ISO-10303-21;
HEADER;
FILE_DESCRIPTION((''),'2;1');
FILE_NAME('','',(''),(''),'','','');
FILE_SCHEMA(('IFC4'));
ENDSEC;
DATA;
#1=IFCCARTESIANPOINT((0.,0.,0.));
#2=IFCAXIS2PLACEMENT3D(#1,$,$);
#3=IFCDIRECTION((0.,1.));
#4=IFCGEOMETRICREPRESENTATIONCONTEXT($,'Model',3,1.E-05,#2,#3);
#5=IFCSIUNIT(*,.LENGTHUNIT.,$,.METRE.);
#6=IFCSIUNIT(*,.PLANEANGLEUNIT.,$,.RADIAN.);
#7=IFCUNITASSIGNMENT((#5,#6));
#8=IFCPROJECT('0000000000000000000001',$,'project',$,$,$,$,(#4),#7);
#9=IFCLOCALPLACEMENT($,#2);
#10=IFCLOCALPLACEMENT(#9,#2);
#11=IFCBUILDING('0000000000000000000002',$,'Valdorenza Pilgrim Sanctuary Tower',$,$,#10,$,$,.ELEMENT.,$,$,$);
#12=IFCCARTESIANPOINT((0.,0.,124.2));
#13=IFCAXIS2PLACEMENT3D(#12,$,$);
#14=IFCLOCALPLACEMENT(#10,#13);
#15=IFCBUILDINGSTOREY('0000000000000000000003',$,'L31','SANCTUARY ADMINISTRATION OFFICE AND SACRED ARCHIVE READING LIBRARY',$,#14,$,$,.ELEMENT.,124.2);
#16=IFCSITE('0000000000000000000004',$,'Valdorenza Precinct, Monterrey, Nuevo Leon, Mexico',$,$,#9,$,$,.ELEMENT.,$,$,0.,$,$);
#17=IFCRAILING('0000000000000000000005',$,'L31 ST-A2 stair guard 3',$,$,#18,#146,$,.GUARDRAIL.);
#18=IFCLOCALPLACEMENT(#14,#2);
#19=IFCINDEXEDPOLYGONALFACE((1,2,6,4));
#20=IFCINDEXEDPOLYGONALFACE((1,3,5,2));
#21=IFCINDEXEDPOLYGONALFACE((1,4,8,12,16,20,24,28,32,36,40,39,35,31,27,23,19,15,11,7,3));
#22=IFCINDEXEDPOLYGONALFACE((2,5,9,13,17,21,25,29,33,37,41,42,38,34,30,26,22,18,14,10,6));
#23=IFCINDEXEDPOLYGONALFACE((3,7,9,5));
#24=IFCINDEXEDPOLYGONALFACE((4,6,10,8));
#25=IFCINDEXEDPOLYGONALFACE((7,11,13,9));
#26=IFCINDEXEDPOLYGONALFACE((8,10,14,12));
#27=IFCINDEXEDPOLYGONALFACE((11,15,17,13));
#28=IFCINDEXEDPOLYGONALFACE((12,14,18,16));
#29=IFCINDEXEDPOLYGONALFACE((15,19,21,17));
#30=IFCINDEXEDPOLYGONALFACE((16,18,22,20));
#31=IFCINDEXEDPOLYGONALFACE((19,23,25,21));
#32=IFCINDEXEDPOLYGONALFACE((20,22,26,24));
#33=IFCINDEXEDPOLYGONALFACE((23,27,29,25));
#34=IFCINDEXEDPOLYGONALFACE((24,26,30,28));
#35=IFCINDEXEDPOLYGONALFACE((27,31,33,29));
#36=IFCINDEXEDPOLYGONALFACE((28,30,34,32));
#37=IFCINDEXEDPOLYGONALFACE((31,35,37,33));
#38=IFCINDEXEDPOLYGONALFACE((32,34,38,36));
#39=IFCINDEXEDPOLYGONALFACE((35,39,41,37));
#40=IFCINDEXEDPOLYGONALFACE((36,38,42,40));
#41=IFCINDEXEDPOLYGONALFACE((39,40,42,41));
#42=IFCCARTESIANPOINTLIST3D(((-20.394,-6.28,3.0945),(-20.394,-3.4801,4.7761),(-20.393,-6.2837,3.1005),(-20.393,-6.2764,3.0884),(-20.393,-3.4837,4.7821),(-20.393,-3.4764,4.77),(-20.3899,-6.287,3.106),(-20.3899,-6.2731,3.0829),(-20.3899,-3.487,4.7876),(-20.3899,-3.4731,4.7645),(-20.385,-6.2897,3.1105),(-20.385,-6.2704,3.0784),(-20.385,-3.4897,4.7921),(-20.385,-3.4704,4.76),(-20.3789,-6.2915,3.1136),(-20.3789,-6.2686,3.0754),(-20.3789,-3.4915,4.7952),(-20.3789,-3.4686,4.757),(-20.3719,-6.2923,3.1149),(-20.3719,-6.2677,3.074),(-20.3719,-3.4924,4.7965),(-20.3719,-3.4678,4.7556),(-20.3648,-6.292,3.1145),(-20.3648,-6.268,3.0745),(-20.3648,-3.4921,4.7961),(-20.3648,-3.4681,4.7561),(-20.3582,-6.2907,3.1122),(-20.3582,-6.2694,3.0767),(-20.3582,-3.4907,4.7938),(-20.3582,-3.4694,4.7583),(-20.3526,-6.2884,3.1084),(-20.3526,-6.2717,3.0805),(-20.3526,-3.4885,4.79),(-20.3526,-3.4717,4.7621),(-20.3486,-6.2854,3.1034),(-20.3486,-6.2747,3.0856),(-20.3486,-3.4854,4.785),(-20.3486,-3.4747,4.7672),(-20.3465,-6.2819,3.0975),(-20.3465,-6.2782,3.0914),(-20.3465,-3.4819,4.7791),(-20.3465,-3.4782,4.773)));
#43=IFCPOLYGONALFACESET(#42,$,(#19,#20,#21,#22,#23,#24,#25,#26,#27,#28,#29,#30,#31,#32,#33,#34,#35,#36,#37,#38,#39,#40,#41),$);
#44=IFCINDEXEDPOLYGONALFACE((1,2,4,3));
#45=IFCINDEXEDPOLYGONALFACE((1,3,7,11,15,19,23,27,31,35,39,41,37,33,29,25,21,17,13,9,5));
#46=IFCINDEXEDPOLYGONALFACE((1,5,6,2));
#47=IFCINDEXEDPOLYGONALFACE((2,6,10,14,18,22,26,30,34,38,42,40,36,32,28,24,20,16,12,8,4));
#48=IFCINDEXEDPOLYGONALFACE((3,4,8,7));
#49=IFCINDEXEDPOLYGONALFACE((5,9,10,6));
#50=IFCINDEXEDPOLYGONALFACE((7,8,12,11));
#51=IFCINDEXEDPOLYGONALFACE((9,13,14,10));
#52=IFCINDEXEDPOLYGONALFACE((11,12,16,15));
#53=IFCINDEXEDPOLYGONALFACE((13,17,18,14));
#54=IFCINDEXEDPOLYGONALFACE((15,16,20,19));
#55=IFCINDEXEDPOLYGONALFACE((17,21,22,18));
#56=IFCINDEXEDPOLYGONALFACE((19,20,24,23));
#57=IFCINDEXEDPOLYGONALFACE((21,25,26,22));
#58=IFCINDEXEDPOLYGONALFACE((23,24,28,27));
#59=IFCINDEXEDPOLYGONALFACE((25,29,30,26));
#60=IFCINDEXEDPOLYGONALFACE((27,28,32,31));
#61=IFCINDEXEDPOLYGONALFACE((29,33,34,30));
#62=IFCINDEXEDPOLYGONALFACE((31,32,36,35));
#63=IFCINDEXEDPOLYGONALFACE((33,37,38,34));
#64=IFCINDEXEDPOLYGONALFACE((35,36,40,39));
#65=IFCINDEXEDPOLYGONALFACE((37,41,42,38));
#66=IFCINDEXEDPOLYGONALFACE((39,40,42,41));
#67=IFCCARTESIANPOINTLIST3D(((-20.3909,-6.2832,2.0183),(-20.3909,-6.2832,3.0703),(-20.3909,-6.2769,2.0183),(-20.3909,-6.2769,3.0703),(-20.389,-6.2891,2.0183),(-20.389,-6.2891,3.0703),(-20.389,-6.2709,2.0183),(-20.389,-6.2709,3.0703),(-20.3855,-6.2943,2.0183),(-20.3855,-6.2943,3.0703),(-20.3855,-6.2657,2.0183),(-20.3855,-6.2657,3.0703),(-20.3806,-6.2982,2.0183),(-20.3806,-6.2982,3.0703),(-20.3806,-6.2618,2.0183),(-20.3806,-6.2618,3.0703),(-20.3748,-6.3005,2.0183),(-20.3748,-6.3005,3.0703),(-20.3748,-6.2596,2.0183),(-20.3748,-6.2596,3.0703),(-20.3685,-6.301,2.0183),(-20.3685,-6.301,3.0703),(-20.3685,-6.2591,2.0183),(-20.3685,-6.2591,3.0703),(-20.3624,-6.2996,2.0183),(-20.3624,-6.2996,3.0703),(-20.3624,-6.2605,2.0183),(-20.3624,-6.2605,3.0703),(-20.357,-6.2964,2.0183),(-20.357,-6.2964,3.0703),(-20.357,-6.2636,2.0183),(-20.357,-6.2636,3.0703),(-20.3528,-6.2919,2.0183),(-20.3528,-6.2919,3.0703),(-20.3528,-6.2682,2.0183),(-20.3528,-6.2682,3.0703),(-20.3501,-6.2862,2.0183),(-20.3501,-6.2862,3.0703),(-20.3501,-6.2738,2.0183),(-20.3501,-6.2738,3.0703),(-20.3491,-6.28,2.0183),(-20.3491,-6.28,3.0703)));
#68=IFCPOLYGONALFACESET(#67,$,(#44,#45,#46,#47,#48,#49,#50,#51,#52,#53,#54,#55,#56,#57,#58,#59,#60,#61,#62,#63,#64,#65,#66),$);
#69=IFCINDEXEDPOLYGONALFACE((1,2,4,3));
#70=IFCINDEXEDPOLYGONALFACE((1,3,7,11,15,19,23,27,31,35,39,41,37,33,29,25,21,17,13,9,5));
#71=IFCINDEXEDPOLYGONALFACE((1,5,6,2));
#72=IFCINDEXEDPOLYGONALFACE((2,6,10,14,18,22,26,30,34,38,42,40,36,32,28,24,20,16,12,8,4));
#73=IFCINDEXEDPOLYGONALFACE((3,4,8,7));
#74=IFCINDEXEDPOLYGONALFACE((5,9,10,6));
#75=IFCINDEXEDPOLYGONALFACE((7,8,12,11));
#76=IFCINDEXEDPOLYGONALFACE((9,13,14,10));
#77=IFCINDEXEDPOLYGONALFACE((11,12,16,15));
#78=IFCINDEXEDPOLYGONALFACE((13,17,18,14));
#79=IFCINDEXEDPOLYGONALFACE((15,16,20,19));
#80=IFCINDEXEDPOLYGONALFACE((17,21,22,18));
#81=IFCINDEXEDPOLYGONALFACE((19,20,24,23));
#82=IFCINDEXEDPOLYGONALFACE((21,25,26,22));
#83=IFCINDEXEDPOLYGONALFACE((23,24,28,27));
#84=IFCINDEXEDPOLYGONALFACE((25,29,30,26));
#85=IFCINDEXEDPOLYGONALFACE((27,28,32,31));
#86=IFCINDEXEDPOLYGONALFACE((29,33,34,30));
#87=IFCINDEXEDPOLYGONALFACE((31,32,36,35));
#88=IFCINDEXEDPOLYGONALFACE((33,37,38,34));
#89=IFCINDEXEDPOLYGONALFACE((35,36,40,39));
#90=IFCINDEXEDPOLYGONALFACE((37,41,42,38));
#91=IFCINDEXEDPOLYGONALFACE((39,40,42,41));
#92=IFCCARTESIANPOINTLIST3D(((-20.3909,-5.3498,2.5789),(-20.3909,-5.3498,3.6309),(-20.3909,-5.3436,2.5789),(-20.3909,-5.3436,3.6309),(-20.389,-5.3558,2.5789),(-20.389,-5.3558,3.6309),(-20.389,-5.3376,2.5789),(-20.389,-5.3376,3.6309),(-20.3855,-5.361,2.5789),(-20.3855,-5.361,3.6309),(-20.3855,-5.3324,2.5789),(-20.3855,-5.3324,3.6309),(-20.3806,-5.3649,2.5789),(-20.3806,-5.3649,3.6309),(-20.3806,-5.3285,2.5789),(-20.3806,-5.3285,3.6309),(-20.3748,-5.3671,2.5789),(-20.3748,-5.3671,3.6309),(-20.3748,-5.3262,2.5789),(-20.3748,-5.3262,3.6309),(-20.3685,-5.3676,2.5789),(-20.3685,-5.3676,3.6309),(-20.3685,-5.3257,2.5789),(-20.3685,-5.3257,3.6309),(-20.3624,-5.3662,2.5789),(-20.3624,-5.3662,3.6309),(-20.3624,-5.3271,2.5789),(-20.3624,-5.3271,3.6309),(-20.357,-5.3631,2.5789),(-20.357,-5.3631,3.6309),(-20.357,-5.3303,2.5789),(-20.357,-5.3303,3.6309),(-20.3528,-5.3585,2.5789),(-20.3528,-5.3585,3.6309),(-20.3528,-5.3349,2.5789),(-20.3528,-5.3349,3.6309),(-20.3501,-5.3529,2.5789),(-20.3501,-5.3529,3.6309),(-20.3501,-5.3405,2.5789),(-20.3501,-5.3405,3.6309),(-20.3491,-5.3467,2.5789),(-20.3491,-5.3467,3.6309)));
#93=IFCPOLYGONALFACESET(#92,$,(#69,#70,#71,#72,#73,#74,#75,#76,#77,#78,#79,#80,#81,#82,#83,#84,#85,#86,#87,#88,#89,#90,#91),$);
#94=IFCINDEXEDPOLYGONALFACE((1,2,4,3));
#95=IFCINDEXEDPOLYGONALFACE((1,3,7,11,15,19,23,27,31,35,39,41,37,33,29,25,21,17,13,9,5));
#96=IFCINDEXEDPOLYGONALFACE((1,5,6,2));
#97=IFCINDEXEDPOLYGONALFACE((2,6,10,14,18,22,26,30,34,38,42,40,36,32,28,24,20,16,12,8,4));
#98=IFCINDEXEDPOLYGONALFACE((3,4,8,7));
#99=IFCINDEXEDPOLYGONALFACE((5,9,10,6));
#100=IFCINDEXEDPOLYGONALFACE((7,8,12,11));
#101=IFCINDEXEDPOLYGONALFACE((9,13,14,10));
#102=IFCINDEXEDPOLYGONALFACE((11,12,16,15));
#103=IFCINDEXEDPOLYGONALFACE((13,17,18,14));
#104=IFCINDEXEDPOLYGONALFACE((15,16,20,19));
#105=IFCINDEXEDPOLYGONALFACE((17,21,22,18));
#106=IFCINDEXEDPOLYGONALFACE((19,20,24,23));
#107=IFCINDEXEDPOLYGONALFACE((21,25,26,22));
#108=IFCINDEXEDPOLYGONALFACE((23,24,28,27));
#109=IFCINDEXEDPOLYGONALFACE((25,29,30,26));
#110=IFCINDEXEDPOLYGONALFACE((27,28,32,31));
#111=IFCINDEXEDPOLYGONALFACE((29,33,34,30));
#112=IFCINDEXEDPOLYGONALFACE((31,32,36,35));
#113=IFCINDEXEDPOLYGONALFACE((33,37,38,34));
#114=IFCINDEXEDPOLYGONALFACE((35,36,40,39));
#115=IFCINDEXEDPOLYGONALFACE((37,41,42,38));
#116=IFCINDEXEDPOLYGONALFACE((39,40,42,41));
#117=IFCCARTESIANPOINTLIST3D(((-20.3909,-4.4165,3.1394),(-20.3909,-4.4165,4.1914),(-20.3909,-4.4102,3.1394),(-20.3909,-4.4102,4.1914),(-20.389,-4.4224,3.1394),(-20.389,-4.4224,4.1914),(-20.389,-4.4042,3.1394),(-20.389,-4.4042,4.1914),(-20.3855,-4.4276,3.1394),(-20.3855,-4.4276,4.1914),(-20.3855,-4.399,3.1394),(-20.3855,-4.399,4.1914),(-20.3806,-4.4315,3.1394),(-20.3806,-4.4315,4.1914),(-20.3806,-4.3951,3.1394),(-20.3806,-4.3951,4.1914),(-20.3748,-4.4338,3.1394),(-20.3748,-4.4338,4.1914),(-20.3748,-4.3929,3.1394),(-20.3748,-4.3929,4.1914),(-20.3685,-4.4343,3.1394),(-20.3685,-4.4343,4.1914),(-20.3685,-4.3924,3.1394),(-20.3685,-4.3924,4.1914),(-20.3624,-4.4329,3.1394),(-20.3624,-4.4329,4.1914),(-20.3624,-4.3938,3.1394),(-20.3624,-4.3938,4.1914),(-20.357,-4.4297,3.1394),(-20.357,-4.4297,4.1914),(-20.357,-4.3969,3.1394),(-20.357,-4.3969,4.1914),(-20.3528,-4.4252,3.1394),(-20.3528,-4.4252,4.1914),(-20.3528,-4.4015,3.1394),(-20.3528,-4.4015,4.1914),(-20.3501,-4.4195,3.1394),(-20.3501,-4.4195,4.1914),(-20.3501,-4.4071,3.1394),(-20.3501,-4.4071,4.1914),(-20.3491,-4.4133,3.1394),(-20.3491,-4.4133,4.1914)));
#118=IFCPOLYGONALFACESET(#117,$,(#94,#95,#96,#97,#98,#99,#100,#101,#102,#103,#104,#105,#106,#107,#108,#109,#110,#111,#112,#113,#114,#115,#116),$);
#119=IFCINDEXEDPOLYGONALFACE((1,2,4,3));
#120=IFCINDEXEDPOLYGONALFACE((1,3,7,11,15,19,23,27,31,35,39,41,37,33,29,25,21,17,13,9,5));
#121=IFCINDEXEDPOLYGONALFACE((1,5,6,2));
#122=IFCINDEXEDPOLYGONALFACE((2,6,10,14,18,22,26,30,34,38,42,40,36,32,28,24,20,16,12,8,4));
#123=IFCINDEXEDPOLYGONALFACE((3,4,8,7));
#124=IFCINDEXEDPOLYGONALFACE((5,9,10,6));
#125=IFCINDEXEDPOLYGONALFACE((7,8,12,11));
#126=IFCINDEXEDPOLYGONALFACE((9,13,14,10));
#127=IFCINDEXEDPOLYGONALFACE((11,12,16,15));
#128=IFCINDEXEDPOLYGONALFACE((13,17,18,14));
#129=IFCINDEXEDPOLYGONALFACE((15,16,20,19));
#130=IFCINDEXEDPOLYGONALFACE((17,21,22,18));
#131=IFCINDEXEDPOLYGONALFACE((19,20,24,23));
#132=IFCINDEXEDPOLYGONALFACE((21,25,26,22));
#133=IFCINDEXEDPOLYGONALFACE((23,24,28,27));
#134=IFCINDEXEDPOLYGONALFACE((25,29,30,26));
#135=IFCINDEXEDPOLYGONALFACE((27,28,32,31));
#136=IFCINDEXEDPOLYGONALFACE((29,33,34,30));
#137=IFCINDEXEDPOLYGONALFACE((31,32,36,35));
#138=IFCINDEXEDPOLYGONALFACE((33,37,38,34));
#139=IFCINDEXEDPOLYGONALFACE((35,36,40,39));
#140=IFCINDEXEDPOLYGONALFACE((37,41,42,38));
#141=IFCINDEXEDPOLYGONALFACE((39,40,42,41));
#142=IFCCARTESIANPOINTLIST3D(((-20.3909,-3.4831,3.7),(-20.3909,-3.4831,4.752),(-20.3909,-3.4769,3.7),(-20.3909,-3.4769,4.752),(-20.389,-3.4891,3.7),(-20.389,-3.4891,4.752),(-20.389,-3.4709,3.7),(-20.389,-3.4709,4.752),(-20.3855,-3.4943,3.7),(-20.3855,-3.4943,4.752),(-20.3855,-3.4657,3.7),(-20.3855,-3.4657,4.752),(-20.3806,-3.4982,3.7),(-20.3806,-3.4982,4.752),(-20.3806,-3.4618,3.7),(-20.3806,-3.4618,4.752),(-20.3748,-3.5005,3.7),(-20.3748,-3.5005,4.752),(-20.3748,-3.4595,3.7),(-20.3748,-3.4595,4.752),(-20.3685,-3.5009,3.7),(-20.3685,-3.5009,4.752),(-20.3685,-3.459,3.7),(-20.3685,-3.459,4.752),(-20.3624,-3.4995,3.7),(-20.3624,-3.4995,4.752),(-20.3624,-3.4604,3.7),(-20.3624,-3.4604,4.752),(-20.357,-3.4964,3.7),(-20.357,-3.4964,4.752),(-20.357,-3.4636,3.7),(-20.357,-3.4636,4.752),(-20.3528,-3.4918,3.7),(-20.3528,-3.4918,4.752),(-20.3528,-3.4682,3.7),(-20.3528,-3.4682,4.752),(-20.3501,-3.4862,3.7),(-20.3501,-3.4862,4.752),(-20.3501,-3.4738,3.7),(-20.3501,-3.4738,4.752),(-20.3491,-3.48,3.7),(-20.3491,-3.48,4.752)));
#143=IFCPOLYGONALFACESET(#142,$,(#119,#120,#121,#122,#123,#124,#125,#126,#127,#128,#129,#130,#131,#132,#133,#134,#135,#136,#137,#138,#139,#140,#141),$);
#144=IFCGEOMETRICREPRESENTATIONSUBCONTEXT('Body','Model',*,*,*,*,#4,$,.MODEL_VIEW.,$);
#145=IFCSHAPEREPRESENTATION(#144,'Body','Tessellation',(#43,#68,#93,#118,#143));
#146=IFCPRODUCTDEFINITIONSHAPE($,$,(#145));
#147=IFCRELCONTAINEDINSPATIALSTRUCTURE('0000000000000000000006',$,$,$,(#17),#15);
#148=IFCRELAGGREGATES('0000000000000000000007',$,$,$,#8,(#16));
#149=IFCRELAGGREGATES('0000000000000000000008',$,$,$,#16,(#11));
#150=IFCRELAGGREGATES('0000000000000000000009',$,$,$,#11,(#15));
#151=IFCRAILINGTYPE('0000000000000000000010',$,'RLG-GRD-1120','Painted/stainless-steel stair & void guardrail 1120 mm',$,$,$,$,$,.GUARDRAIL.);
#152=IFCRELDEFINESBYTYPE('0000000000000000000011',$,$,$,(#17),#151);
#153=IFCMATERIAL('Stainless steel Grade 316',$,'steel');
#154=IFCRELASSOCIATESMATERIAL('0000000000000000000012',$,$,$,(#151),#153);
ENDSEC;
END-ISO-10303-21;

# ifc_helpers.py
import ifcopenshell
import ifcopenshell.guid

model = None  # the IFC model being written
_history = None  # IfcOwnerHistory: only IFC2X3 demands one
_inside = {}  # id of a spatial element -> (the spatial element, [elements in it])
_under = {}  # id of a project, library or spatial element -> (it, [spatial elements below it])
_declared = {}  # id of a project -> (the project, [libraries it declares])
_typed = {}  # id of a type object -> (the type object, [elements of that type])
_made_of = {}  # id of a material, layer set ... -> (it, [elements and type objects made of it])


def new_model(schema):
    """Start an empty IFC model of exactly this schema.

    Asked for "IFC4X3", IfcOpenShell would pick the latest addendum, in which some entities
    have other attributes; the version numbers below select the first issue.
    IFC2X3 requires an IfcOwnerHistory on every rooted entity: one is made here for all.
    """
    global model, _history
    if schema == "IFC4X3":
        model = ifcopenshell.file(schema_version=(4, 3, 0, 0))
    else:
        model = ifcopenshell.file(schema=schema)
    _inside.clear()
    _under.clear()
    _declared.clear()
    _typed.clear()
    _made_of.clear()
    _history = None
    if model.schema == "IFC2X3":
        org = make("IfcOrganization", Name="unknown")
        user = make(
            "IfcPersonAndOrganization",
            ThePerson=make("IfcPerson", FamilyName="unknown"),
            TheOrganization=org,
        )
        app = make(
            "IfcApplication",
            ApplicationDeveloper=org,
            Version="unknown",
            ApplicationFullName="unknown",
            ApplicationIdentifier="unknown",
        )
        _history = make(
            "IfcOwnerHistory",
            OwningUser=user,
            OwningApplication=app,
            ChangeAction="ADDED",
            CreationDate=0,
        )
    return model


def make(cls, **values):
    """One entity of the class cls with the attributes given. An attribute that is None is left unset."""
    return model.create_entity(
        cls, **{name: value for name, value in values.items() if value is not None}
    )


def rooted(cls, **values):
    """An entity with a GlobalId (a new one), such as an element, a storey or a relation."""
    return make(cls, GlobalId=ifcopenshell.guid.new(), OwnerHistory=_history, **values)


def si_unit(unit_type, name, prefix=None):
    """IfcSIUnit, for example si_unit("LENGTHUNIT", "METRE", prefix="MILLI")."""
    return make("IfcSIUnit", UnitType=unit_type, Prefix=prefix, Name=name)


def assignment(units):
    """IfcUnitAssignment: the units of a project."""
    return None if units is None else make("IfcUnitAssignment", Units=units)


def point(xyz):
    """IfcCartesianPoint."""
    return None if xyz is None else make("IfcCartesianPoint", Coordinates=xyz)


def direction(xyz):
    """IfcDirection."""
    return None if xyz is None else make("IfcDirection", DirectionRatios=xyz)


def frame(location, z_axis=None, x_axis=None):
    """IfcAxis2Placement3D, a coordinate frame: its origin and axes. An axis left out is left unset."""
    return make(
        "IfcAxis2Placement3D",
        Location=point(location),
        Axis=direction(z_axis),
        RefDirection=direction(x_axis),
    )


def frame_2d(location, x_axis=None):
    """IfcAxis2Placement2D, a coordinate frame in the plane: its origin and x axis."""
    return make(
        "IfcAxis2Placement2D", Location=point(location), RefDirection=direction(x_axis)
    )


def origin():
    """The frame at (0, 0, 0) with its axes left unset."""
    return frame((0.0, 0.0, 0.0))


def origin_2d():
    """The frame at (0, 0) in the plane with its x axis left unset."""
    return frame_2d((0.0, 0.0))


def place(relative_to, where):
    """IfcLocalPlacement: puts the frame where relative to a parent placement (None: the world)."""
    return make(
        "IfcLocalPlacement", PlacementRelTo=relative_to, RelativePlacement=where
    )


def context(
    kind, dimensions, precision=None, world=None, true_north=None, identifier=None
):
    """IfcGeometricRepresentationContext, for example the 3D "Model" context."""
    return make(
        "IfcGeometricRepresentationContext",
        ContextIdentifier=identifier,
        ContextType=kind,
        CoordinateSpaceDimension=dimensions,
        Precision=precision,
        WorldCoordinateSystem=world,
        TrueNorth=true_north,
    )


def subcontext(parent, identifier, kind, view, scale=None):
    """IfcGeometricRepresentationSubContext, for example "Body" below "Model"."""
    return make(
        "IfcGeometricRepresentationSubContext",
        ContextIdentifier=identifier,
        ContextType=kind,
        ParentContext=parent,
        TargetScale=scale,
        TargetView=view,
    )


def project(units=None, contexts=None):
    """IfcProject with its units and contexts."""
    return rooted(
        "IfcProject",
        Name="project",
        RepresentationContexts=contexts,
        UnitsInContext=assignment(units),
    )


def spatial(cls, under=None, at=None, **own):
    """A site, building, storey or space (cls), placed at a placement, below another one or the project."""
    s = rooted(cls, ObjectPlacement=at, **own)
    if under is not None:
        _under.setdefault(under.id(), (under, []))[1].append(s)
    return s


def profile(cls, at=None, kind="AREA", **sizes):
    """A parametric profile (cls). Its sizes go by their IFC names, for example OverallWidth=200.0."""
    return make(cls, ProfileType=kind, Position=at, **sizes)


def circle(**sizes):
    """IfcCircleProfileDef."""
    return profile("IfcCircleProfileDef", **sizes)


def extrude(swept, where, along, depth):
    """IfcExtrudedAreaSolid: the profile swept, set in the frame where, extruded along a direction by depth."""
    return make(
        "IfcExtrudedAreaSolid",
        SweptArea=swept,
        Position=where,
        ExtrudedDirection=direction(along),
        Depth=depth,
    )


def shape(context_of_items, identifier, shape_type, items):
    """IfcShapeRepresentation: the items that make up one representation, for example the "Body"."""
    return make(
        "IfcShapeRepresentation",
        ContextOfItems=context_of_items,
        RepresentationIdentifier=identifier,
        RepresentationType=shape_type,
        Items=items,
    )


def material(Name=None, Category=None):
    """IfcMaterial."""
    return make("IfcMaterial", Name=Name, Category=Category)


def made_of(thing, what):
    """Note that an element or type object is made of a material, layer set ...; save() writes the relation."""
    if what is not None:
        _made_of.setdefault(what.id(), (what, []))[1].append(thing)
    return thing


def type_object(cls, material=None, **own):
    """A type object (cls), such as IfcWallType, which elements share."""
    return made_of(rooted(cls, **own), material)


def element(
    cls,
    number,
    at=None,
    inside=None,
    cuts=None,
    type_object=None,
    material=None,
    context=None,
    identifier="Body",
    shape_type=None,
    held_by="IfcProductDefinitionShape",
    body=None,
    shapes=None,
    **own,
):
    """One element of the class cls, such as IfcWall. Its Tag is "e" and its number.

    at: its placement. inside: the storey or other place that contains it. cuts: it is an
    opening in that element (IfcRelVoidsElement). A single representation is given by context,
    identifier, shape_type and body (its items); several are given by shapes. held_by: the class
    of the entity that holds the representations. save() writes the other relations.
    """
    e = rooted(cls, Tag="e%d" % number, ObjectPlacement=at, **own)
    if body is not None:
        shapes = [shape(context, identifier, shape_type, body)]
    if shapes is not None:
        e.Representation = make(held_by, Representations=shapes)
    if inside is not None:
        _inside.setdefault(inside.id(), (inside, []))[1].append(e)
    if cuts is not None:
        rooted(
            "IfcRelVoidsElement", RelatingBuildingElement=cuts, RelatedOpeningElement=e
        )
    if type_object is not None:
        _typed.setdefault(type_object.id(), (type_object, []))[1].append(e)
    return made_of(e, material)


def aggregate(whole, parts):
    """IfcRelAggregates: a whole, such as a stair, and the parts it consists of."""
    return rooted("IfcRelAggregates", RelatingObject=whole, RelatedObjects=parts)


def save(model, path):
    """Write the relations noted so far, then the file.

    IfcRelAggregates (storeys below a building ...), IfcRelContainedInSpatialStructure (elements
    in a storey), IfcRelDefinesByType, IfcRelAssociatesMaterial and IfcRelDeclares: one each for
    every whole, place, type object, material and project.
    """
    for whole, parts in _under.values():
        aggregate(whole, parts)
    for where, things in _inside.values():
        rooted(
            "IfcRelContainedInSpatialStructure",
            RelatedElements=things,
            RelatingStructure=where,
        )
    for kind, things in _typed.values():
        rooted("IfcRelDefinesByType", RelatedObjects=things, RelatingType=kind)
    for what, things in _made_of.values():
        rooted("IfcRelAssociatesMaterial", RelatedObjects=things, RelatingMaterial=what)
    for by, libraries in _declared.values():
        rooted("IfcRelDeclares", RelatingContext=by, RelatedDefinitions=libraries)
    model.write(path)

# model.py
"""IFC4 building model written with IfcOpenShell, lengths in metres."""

from ifc_helpers import new_model, si_unit, direction, frame, origin, origin_2d, place, context, subcontext, project, spatial, circle, extrude, material, type_object, element, save


model = new_model("IFC4")

# Units and contexts
model_context = context("Model", 3, precision=1e-05, world=origin(), true_north=direction((0.0, 1.0)))
body_context = subcontext(model_context, "Body", "Model", "MODEL_VIEW")
ifc_project = project(units=[si_unit("LENGTHUNIT", "METRE"), si_unit("PLANEANGLEUNIT", "RADIAN")], contexts=[model_context])

# Site, building, storey
site_placement = place(None, origin())
site = spatial("IfcSite", under=ifc_project, at=site_placement, Name="Valdorenza Precinct, Monterrey, Nuevo Leon, Mexico", CompositionType="ELEMENT", RefElevation=0.0)
building_placement = place(site_placement, origin())
building = spatial("IfcBuilding", under=site, at=building_placement, Name="Valdorenza Pilgrim Sanctuary Tower", CompositionType="ELEMENT")
storey_placement = place(building_placement, frame((0.0, 0.0, 124.2)))
storey = spatial("IfcBuildingStorey", under=building, at=storey_placement, Name="L31", Description="SANCTUARY ADMINISTRATION OFFICE AND SACRED ARCHIVE READING LIBRARY", CompositionType="ELEMENT", Elevation=124.2)

# Railing
ifc_material_1 = material(Name="Stainless steel Grade 316", Category="steel")
railing_type_1 = type_object("IfcRailingType", Name="RLG-GRD-1120", Description="Painted/stainless-steel stair & void guardrail 1120 mm", PredefinedType="GUARDRAIL", material=ifc_material_1)
railing_1_placement = place(storey_placement, frame((-20.3701, -6.28, 2.0183)))
element("IfcRailing", 1, at=railing_1_placement, inside=storey, type_object=railing_type_1, Name="L31 ST-A2 stair guard 3", PredefinedType="GUARDRAIL", context=body_context, shape_type="SweptSolid", body=[
    extrude(circle(Radius=0.0239, at=origin_2d()), frame((0.0, 0.0, 1.0762), z_axis=(0.0, 0.857275, 0.514858), x_axis=(-1.0, 0.0, 0.0)), (0.0, 0.0, 1.0), 3.2661),
    extrude(circle(Radius=0.021, at=origin_2d()), origin(), (0.0, 0.0, 1.0), 1.052),
    extrude(circle(Radius=0.021, at=origin_2d()), frame((0.0, 0.9333, 0.5605)), (0.0, 0.0, 1.0), 1.052),
    extrude(circle(Radius=0.021, at=origin_2d()), frame((0.0, 1.8667, 1.1211)), (0.0, 0.0, 1.0), 1.052),
    extrude(circle(Radius=0.021, at=origin_2d()), frame((0.0, 2.8, 1.6816)), (0.0, 0.0, 1.0), 1.052),
])

save(model, "model.ifc")
